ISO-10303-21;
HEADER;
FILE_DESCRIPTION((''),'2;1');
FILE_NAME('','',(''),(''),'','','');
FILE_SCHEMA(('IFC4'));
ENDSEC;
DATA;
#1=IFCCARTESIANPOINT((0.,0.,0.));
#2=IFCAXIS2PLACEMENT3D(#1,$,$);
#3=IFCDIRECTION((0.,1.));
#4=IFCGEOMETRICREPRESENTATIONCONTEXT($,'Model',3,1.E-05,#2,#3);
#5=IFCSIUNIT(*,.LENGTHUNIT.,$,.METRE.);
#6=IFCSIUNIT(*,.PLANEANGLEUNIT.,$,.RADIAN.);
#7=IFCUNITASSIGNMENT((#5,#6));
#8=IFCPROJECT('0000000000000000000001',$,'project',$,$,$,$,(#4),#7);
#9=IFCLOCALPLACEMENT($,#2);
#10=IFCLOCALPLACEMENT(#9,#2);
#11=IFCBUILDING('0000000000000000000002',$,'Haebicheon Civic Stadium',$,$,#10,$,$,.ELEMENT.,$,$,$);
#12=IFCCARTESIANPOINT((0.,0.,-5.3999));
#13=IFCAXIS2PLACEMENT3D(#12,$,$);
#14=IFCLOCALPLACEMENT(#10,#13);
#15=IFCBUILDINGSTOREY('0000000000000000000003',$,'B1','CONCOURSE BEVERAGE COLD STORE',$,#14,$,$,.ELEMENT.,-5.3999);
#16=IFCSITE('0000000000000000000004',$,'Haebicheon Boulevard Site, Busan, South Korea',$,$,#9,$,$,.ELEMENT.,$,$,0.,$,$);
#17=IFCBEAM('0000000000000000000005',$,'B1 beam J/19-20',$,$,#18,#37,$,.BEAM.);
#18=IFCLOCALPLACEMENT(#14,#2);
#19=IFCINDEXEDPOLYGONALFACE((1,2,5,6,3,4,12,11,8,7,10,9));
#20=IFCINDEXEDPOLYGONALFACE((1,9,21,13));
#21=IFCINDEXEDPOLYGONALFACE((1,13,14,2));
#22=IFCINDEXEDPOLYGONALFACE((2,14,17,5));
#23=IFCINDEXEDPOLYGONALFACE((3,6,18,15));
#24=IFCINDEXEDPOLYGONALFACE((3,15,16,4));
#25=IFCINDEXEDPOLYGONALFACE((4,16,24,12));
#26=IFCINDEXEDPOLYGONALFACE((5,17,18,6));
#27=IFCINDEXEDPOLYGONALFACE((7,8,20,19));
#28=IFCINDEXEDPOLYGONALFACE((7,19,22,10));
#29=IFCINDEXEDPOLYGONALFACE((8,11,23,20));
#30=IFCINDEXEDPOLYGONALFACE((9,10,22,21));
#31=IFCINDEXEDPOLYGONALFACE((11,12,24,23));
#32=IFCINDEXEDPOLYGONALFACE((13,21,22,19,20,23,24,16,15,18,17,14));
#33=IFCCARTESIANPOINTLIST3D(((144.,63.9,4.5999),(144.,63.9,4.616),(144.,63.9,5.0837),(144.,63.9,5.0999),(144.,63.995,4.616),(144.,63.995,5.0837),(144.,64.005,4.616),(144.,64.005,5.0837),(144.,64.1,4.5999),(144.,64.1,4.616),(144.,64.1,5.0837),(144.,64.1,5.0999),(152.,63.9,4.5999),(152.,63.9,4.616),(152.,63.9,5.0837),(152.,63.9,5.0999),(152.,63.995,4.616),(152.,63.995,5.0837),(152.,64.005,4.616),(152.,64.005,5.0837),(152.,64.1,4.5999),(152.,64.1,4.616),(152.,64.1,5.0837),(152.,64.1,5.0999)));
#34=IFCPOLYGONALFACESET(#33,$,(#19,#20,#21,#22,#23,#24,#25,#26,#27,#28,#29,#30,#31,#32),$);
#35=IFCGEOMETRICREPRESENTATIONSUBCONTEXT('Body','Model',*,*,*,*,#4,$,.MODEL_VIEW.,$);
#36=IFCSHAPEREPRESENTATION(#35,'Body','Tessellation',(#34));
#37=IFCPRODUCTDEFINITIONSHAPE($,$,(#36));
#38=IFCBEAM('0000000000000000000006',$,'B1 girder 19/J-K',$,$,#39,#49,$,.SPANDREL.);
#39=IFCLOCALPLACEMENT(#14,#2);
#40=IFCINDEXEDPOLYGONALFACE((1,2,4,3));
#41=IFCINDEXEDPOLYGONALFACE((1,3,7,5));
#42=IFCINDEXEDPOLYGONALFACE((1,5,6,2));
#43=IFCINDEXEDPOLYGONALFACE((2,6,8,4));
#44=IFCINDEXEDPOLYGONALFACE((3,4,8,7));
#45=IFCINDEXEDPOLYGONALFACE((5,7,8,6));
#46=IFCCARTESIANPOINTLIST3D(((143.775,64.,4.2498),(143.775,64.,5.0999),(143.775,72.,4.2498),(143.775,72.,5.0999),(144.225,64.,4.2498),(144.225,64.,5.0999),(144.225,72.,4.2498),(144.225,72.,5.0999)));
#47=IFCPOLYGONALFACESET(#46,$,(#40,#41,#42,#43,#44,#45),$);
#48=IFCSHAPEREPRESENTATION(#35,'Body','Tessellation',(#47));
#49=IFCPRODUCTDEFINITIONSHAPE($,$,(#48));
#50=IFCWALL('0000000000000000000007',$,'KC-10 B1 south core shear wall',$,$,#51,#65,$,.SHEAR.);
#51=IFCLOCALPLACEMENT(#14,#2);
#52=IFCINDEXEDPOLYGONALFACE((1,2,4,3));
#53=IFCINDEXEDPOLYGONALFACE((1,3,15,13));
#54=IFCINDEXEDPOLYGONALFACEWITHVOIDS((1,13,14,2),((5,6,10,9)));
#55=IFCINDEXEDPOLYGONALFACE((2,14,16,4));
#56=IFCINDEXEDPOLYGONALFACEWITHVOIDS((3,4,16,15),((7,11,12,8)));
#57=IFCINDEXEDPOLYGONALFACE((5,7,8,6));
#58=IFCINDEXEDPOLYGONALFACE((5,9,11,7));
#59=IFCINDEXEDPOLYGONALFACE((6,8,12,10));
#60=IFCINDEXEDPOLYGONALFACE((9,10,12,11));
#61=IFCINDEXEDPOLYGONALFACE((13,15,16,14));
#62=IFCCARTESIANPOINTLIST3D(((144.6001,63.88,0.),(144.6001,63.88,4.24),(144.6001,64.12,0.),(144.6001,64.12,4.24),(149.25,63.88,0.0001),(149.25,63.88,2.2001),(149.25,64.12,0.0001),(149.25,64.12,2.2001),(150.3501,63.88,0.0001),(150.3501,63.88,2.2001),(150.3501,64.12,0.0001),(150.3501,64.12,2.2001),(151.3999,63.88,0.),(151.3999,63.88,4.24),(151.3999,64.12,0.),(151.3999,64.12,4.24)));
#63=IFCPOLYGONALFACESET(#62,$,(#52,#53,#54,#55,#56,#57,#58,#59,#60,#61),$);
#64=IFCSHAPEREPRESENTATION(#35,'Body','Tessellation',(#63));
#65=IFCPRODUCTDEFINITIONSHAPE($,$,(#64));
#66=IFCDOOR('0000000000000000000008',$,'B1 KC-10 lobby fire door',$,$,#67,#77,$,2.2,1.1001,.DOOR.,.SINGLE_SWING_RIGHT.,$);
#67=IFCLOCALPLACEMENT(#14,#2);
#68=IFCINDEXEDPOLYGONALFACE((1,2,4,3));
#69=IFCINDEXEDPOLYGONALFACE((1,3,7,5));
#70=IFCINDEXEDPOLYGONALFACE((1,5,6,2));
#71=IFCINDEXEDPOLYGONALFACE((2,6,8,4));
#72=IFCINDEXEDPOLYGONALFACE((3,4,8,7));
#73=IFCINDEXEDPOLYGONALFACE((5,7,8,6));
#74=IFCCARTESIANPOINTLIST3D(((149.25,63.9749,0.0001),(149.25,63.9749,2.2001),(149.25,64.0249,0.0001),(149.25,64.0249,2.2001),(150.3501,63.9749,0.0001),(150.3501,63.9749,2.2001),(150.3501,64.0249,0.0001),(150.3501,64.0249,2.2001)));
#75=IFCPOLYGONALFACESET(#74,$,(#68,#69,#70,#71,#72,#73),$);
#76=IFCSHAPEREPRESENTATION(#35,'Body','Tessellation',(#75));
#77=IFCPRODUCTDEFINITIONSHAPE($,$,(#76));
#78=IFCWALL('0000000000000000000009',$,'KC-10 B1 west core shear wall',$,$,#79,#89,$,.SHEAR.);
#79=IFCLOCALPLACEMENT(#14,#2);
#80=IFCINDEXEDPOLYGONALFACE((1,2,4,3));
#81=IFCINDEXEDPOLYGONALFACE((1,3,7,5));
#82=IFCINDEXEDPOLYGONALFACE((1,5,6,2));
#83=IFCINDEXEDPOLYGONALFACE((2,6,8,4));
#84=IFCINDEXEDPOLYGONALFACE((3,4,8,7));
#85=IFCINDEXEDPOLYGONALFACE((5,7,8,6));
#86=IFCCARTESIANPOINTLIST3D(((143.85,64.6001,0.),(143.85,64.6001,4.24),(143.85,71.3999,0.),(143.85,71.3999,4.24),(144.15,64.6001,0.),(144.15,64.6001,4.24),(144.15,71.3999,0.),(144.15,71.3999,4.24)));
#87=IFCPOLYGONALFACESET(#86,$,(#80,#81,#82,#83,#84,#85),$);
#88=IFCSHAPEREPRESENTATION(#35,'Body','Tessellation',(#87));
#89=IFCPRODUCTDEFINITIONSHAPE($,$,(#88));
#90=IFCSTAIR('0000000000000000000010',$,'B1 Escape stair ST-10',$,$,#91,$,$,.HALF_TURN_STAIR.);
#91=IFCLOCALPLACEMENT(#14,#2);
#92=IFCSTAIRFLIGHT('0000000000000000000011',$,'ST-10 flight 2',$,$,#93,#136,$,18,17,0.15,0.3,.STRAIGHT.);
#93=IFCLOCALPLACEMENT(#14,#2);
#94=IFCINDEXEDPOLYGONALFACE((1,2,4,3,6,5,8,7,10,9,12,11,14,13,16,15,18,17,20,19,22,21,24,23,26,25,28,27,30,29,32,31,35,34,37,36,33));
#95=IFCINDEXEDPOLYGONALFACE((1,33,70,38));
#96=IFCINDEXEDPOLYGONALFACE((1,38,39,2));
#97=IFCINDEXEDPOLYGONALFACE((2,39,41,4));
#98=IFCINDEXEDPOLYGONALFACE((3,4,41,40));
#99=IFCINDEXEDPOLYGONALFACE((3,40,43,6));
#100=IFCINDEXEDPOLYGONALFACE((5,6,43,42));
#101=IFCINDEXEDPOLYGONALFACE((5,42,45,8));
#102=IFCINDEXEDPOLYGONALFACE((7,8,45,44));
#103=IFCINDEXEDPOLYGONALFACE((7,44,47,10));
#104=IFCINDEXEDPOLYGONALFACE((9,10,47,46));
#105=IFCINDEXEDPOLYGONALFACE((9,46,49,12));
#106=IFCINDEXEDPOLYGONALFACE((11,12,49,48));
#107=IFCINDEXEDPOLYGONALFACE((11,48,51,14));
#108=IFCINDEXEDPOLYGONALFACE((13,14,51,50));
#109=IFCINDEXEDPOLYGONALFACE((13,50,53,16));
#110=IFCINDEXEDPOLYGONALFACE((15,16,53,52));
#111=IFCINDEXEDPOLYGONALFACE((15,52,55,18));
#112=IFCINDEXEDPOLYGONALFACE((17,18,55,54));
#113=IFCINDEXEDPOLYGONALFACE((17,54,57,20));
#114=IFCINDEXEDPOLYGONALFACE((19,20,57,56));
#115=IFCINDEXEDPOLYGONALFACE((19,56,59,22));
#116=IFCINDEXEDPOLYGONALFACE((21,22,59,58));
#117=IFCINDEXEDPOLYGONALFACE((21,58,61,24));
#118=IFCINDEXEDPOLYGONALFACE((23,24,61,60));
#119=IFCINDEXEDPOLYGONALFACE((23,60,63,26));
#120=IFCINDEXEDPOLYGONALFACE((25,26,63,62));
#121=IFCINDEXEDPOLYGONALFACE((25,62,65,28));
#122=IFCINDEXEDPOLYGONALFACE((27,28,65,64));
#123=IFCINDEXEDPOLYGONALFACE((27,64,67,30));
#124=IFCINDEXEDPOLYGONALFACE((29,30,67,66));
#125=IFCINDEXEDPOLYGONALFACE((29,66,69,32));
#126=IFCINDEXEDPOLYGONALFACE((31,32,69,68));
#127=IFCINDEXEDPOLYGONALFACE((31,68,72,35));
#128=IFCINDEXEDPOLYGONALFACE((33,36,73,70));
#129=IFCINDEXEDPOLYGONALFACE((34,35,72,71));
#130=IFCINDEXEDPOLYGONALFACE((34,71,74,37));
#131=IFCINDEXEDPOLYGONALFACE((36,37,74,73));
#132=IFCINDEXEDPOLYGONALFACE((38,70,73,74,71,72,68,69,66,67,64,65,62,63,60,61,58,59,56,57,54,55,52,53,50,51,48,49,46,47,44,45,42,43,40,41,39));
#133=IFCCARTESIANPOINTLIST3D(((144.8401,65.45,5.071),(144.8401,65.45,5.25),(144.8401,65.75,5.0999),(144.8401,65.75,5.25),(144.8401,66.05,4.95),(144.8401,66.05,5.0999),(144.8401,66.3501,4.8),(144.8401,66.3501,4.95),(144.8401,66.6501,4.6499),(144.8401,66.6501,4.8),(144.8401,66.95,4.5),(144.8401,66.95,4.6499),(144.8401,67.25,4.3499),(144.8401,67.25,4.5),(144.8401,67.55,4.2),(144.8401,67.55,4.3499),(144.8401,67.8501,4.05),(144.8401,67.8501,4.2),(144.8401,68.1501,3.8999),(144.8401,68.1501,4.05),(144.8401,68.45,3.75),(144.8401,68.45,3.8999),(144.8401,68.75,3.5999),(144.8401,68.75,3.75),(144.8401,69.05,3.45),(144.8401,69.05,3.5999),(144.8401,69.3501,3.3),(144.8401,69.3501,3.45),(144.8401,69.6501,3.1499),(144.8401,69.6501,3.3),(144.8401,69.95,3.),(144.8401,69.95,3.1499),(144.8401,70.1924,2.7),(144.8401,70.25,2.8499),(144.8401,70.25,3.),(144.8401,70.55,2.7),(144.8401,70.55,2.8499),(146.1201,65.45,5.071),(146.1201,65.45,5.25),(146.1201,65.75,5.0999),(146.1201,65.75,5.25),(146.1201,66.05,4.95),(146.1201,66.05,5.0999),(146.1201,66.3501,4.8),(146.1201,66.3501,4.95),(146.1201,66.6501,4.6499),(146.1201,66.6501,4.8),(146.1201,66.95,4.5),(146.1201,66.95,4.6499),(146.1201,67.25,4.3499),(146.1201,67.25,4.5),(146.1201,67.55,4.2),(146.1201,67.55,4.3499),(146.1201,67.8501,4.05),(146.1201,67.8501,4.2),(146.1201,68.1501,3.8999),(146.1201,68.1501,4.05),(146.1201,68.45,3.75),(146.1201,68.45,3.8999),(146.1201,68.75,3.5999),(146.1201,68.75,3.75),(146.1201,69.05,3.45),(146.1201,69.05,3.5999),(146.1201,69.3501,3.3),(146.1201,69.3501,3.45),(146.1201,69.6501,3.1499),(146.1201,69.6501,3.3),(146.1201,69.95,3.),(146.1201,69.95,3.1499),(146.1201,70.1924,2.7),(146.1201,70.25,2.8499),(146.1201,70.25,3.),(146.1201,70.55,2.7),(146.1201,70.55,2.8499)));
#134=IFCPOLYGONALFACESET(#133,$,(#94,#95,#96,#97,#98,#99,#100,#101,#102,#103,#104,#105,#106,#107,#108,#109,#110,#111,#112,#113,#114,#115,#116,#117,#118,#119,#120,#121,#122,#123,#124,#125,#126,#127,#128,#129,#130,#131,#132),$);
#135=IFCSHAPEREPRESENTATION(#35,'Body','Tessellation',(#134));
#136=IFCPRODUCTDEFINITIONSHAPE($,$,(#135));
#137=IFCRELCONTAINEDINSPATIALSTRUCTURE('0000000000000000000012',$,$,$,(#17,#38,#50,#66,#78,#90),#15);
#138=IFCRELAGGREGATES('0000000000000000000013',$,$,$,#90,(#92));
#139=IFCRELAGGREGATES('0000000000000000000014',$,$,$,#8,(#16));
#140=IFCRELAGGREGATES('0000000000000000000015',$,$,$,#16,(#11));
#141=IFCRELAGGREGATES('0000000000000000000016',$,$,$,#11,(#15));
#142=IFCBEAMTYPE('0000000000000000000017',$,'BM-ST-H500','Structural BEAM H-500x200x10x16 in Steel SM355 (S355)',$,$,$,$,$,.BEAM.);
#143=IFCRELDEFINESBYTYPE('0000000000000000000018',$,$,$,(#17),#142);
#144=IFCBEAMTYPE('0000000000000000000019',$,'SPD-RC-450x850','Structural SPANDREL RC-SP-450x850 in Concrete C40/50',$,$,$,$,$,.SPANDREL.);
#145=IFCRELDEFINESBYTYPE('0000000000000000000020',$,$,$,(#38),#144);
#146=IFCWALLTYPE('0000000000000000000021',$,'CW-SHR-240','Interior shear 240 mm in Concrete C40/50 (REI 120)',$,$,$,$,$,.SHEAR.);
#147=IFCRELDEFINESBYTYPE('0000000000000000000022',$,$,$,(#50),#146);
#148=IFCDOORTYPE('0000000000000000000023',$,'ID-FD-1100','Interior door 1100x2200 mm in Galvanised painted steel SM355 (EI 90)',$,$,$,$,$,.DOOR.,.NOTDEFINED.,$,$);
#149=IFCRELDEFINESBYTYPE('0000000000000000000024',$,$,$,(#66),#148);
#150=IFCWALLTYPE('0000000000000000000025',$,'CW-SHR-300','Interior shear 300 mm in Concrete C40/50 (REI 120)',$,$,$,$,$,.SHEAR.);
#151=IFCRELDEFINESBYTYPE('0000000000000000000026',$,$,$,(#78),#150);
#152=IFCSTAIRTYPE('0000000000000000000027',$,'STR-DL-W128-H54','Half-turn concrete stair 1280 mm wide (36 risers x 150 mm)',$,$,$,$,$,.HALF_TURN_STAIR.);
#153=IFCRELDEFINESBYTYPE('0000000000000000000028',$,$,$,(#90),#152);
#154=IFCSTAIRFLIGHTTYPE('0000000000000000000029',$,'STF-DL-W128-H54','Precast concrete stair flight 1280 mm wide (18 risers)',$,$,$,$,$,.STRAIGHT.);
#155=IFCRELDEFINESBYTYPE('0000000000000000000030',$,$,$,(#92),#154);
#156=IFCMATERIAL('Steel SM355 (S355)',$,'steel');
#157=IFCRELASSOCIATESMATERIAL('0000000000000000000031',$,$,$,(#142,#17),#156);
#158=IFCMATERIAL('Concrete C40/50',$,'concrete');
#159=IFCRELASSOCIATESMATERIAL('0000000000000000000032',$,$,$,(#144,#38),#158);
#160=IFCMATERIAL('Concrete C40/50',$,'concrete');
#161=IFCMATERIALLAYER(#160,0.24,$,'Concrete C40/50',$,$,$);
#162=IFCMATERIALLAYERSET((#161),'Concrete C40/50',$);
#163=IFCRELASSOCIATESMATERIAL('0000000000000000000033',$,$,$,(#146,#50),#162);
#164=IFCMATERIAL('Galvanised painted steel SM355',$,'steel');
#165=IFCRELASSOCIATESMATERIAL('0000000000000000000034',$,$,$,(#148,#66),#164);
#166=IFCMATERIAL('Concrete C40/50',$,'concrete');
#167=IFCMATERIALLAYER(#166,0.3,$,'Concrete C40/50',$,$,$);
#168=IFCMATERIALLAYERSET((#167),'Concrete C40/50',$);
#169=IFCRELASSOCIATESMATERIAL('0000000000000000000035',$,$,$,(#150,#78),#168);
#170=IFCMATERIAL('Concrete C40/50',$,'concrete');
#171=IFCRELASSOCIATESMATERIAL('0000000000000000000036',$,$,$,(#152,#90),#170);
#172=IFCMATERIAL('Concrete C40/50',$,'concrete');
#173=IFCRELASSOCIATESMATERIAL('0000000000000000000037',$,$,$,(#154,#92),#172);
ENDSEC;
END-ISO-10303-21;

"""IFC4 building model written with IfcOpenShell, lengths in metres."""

from ifc_helpers import new_model, si_unit, direction, frame, frame_2d, origin, origin_2d, place, context, subcontext, project, spatial, polyline, rectangle, i_section, outline, extrude, material, layer, layer_set, material_profile, profile_set, type_object, element, fill, aggregate, save


model = new_model("IFC4")

# Units and contexts
model_context = context("Model", 3, precision=1e-05, world=origin(), true_north=direction((0.0, 1.0)))
body_context = subcontext(model_context, "Body", "Model", "MODEL_VIEW")
ifc_project = project(units=[si_unit("LENGTHUNIT", "METRE"), si_unit("PLANEANGLEUNIT", "RADIAN")], contexts=[model_context])

# Site, building, storey
site_placement = place(None, origin())
site = spatial("IfcSite", under=ifc_project, at=site_placement, Name="Haebicheon Boulevard Site, Busan, South Korea", CompositionType="ELEMENT", RefElevation=0.0)
building_placement = place(site_placement, origin())
building = spatial("IfcBuilding", under=site, at=building_placement, Name="Haebicheon Civic Stadium", CompositionType="ELEMENT")
storey_placement = place(building_placement, frame((0.0, 0.0, -5.3999)))
storey = spatial("IfcBuildingStorey", under=building, at=storey_placement, Name="B1", Description="CONCOURSE BEVERAGE COLD STORE", CompositionType="ELEMENT", Elevation=-5.3999)

# Beams
ifc_material_1 = material(Name="Steel SM355 (S355)", Category="steel")
ifc_material_profile_1 = material_profile(ifc_material_1, i_section(OverallWidth=0.2, OverallDepth=0.5, WebThickness=0.01, FlangeThickness=0.0161, at=origin_2d()), Name="H-500x200x10x16")
ifc_profile_set_1 = profile_set([ifc_material_profile_1], Name="Steel SM355 (S355)")
beam_type_1 = type_object("IfcBeamType", Name="BM-ST-H500", Description="Structural BEAM H-500x200x10x16 in Steel SM355 (S355)", PredefinedType="BEAM", material=ifc_profile_set_1)
beam_1_placement = place(storey_placement, frame((144.0, 64.0, 4.8499), z_axis=(1.0, 0.0, 0.0), x_axis=(0.0, 1.0, 0.0)))
element("IfcBeam", 1, at=beam_1_placement, inside=storey, type_object=beam_type_1, material=ifc_profile_set_1, Name="B1 beam J/19-20", PredefinedType="BEAM", context=body_context, shape_type="SweptSolid", body=[
    extrude(i_section(OverallWidth=0.2, OverallDepth=0.5, WebThickness=0.01, FlangeThickness=0.0161, at=origin_2d()), origin(), (0.0, 0.0, 1.0), 8.0),
])
ifc_material_2 = material(Name="Concrete C40/50", Category="concrete")
ifc_material_profile_2 = material_profile(ifc_material_2, rectangle(XDim=0.45, YDim=0.8501, at=origin_2d()), Name="RC-SP-450x850")
ifc_profile_set_2 = profile_set([ifc_material_profile_2], Name="Concrete C40/50")
beam_type_2 = type_object("IfcBeamType", Name="SPD-RC-450x850", Description="Structural SPANDREL RC-SP-450x850 in Concrete C40/50", PredefinedType="SPANDREL", material=ifc_profile_set_2)
beam_2_placement = place(storey_placement, frame((144.0, 64.0, 4.6748), z_axis=(0.0, 1.0, 0.0), x_axis=(-1.0, 0.0, 0.0)))
element("IfcBeam", 2, at=beam_2_placement, inside=storey, type_object=beam_type_2, material=ifc_profile_set_2, Name="B1 girder 19/J-K", PredefinedType="SPANDREL", context=body_context, shape_type="SweptSolid", body=[
    extrude(rectangle(XDim=0.45, YDim=0.8501, at=origin_2d()), origin(), (0.0, 0.0, 1.0), 8.0),
])

# Wall, opening, door
ifc_material_3 = material(Name="Concrete C40/50", Category="concrete")
ifc_layer_1 = layer(ifc_material_3, 0.24, Name="Concrete C40/50")
ifc_layer_set_1 = layer_set([ifc_layer_1], Name="Concrete C40/50")
wall_type_1 = type_object("IfcWallType", Name="CW-SHR-240", Description="Interior shear 240 mm in Concrete C40/50 (REI 120)", PredefinedType="SHEAR", material=ifc_layer_set_1)
wall_1_placement = place(storey_placement, frame((144.6001, 64.0, 0.0), z_axis=(0.0, 0.0, 1.0), x_axis=(1.0, 0.0, 0.0)))
wall_1 = element("IfcWall", 3, at=wall_1_placement, inside=storey, type_object=wall_type_1, material=ifc_layer_set_1, Name="KC-10 B1 south core shear wall", PredefinedType="SHEAR", context=body_context, shape_type="SweptSolid", body=[
    extrude(rectangle(XDim=6.7998, YDim=0.24, at=frame_2d((3.3999, 0.0))), origin(), (0.0, 0.0, 1.0), 4.24),
])
opening_placement = place(wall_1_placement, frame((4.6499, 0.0, 0.0)))
opening = element("IfcOpeningElement", 4, at=opening_placement, cuts=wall_1, PredefinedType="OPENING", context=body_context, shape_type="SweptSolid", body=[
    extrude(rectangle(XDim=1.1001, YDim=2.2, at=frame_2d((0.55, 1.1001))), frame((0.0, 0.1299, 0.0), z_axis=(0.0, -1.0, 0.0), x_axis=(1.0, 0.0, 0.0)), (0.0, 0.0, 1.0), 0.26),
])
ifc_material_4 = material(Name="Galvanised painted steel SM355", Category="steel")
door_type = type_object("IfcDoorType", Name="ID-FD-1100", Description="Interior door 1100x2200 mm in Galvanised painted steel SM355 (EI 90)", OperationType="NOTDEFINED", PredefinedType="DOOR", material=ifc_material_4)
door_placement = place(opening_placement, origin())
door = element("IfcDoor", 5, at=door_placement, inside=storey, type_object=door_type, material=ifc_material_4, Name="B1 KC-10 lobby fire door", OperationType="SINGLE_SWING_RIGHT", OverallHeight=2.2, OverallWidth=1.1001, PredefinedType="DOOR", context=body_context, shape_type="SweptSolid", body=[
    extrude(rectangle(XDim=1.1001, YDim=2.2, at=frame_2d((0.55, 1.1001))), frame((0.0, 0.0249, 0.0), z_axis=(0.0, -1.0, 0.0), x_axis=(1.0, 0.0, 0.0)), (0.0, 0.0, 1.0), 0.05),
])
fill(opening, door)

# Wall
ifc_material_5 = material(Name="Concrete C40/50", Category="concrete")
ifc_layer_2 = layer(ifc_material_5, 0.3, Name="Concrete C40/50")
ifc_layer_set_2 = layer_set([ifc_layer_2], Name="Concrete C40/50")
wall_type_2 = type_object("IfcWallType", Name="CW-SHR-300", Description="Interior shear 300 mm in Concrete C40/50 (REI 120)", PredefinedType="SHEAR", material=ifc_layer_set_2)
wall_2_placement = place(storey_placement, frame((144.0, 64.6001, 0.0), z_axis=(0.0, 0.0, 1.0), x_axis=(0.0, 1.0, 0.0)))
element("IfcWall", 6, at=wall_2_placement, inside=storey, type_object=wall_type_2, material=ifc_layer_set_2, Name="KC-10 B1 west core shear wall", PredefinedType="SHEAR", context=body_context, shape_type="SweptSolid", body=[
    extrude(rectangle(XDim=6.7998, YDim=0.3, at=frame_2d((3.3999, 0.0))), origin(), (0.0, 0.0, 1.0), 4.24),
])

# Stair, stair flight
ifc_material_6 = material(Name="Concrete C40/50", Category="concrete")
stair_type = type_object("IfcStairType", Name="STR-DL-W128-H54", Description="Half-turn concrete stair 1280 mm wide (36 risers x 150 mm)", PredefinedType="HALF_TURN_STAIR", material=ifc_material_6)
stair_placement = place(storey_placement, origin())
stair = element("IfcStair", 7, at=stair_placement, inside=storey, type_object=stair_type, material=ifc_material_6, Name="B1 Escape stair ST-10", PredefinedType="HALF_TURN_STAIR")
ifc_material_7 = material(Name="Concrete C40/50", Category="concrete")
stair_flight_type = type_object("IfcStairFlightType", Name="STF-DL-W128-H54", Description="Precast concrete stair flight 1280 mm wide (18 risers)", PredefinedType="STRAIGHT", material=ifc_material_7)
stair_flight_placement = place(storey_placement, frame((145.48, 70.55, 2.7), z_axis=(0.0, 0.0, 1.0), x_axis=(0.0, -1.0, 0.0)))
stair_flight = element("IfcStairFlight", 8, at=stair_flight_placement, type_object=stair_flight_type, material=ifc_material_7, Name="ST-10 flight 2", NumberOfRisers=18, NumberOfTreads=17, PredefinedType="STRAIGHT", RiserHeight=0.15, TreadLength=0.3, context=body_context, shape_type="SweptSolid", body=[
    extrude(outline(polyline([(0.0, 0.0), (0.0, 0.1499), (0.3, 0.1499), (0.3, 0.3), (0.6001, 0.3), (0.6001, 0.45), (0.8999, 0.45), (0.8999, 0.6001), (1.2, 0.6001), (1.2, 0.75), (1.5, 0.75), (1.5, 0.8999), (1.8, 0.8999), (1.8, 1.05), (2.1001, 1.05), (2.1001, 1.2), (2.3999, 1.2), (2.3999, 1.3501), (2.7, 1.3501), (2.7, 1.5), (3.0, 1.5), (3.0, 1.6499), (3.3, 1.6499), (3.3, 1.8), (3.6001, 1.8), (3.6001, 1.95), (3.8999, 1.95), (3.8999, 2.1001), (4.2, 2.1001), (4.2, 2.25), (4.5, 2.25), (4.5, 2.3999), (4.8, 2.3999), (4.8, 2.55), (5.1001, 2.55), (5.1001, 2.7), (5.1001, 2.3711), (0.3577, 0.0), (0.0, 0.0)])), frame((0.0, 0.6401, 0.0), z_axis=(0.0, -1.0, 0.0), x_axis=(1.0, 0.0, 0.0)), (0.0, 0.0, 1.0), 1.28),
])
aggregate(stair, [stair_flight])

save(model, "model.ifc")
